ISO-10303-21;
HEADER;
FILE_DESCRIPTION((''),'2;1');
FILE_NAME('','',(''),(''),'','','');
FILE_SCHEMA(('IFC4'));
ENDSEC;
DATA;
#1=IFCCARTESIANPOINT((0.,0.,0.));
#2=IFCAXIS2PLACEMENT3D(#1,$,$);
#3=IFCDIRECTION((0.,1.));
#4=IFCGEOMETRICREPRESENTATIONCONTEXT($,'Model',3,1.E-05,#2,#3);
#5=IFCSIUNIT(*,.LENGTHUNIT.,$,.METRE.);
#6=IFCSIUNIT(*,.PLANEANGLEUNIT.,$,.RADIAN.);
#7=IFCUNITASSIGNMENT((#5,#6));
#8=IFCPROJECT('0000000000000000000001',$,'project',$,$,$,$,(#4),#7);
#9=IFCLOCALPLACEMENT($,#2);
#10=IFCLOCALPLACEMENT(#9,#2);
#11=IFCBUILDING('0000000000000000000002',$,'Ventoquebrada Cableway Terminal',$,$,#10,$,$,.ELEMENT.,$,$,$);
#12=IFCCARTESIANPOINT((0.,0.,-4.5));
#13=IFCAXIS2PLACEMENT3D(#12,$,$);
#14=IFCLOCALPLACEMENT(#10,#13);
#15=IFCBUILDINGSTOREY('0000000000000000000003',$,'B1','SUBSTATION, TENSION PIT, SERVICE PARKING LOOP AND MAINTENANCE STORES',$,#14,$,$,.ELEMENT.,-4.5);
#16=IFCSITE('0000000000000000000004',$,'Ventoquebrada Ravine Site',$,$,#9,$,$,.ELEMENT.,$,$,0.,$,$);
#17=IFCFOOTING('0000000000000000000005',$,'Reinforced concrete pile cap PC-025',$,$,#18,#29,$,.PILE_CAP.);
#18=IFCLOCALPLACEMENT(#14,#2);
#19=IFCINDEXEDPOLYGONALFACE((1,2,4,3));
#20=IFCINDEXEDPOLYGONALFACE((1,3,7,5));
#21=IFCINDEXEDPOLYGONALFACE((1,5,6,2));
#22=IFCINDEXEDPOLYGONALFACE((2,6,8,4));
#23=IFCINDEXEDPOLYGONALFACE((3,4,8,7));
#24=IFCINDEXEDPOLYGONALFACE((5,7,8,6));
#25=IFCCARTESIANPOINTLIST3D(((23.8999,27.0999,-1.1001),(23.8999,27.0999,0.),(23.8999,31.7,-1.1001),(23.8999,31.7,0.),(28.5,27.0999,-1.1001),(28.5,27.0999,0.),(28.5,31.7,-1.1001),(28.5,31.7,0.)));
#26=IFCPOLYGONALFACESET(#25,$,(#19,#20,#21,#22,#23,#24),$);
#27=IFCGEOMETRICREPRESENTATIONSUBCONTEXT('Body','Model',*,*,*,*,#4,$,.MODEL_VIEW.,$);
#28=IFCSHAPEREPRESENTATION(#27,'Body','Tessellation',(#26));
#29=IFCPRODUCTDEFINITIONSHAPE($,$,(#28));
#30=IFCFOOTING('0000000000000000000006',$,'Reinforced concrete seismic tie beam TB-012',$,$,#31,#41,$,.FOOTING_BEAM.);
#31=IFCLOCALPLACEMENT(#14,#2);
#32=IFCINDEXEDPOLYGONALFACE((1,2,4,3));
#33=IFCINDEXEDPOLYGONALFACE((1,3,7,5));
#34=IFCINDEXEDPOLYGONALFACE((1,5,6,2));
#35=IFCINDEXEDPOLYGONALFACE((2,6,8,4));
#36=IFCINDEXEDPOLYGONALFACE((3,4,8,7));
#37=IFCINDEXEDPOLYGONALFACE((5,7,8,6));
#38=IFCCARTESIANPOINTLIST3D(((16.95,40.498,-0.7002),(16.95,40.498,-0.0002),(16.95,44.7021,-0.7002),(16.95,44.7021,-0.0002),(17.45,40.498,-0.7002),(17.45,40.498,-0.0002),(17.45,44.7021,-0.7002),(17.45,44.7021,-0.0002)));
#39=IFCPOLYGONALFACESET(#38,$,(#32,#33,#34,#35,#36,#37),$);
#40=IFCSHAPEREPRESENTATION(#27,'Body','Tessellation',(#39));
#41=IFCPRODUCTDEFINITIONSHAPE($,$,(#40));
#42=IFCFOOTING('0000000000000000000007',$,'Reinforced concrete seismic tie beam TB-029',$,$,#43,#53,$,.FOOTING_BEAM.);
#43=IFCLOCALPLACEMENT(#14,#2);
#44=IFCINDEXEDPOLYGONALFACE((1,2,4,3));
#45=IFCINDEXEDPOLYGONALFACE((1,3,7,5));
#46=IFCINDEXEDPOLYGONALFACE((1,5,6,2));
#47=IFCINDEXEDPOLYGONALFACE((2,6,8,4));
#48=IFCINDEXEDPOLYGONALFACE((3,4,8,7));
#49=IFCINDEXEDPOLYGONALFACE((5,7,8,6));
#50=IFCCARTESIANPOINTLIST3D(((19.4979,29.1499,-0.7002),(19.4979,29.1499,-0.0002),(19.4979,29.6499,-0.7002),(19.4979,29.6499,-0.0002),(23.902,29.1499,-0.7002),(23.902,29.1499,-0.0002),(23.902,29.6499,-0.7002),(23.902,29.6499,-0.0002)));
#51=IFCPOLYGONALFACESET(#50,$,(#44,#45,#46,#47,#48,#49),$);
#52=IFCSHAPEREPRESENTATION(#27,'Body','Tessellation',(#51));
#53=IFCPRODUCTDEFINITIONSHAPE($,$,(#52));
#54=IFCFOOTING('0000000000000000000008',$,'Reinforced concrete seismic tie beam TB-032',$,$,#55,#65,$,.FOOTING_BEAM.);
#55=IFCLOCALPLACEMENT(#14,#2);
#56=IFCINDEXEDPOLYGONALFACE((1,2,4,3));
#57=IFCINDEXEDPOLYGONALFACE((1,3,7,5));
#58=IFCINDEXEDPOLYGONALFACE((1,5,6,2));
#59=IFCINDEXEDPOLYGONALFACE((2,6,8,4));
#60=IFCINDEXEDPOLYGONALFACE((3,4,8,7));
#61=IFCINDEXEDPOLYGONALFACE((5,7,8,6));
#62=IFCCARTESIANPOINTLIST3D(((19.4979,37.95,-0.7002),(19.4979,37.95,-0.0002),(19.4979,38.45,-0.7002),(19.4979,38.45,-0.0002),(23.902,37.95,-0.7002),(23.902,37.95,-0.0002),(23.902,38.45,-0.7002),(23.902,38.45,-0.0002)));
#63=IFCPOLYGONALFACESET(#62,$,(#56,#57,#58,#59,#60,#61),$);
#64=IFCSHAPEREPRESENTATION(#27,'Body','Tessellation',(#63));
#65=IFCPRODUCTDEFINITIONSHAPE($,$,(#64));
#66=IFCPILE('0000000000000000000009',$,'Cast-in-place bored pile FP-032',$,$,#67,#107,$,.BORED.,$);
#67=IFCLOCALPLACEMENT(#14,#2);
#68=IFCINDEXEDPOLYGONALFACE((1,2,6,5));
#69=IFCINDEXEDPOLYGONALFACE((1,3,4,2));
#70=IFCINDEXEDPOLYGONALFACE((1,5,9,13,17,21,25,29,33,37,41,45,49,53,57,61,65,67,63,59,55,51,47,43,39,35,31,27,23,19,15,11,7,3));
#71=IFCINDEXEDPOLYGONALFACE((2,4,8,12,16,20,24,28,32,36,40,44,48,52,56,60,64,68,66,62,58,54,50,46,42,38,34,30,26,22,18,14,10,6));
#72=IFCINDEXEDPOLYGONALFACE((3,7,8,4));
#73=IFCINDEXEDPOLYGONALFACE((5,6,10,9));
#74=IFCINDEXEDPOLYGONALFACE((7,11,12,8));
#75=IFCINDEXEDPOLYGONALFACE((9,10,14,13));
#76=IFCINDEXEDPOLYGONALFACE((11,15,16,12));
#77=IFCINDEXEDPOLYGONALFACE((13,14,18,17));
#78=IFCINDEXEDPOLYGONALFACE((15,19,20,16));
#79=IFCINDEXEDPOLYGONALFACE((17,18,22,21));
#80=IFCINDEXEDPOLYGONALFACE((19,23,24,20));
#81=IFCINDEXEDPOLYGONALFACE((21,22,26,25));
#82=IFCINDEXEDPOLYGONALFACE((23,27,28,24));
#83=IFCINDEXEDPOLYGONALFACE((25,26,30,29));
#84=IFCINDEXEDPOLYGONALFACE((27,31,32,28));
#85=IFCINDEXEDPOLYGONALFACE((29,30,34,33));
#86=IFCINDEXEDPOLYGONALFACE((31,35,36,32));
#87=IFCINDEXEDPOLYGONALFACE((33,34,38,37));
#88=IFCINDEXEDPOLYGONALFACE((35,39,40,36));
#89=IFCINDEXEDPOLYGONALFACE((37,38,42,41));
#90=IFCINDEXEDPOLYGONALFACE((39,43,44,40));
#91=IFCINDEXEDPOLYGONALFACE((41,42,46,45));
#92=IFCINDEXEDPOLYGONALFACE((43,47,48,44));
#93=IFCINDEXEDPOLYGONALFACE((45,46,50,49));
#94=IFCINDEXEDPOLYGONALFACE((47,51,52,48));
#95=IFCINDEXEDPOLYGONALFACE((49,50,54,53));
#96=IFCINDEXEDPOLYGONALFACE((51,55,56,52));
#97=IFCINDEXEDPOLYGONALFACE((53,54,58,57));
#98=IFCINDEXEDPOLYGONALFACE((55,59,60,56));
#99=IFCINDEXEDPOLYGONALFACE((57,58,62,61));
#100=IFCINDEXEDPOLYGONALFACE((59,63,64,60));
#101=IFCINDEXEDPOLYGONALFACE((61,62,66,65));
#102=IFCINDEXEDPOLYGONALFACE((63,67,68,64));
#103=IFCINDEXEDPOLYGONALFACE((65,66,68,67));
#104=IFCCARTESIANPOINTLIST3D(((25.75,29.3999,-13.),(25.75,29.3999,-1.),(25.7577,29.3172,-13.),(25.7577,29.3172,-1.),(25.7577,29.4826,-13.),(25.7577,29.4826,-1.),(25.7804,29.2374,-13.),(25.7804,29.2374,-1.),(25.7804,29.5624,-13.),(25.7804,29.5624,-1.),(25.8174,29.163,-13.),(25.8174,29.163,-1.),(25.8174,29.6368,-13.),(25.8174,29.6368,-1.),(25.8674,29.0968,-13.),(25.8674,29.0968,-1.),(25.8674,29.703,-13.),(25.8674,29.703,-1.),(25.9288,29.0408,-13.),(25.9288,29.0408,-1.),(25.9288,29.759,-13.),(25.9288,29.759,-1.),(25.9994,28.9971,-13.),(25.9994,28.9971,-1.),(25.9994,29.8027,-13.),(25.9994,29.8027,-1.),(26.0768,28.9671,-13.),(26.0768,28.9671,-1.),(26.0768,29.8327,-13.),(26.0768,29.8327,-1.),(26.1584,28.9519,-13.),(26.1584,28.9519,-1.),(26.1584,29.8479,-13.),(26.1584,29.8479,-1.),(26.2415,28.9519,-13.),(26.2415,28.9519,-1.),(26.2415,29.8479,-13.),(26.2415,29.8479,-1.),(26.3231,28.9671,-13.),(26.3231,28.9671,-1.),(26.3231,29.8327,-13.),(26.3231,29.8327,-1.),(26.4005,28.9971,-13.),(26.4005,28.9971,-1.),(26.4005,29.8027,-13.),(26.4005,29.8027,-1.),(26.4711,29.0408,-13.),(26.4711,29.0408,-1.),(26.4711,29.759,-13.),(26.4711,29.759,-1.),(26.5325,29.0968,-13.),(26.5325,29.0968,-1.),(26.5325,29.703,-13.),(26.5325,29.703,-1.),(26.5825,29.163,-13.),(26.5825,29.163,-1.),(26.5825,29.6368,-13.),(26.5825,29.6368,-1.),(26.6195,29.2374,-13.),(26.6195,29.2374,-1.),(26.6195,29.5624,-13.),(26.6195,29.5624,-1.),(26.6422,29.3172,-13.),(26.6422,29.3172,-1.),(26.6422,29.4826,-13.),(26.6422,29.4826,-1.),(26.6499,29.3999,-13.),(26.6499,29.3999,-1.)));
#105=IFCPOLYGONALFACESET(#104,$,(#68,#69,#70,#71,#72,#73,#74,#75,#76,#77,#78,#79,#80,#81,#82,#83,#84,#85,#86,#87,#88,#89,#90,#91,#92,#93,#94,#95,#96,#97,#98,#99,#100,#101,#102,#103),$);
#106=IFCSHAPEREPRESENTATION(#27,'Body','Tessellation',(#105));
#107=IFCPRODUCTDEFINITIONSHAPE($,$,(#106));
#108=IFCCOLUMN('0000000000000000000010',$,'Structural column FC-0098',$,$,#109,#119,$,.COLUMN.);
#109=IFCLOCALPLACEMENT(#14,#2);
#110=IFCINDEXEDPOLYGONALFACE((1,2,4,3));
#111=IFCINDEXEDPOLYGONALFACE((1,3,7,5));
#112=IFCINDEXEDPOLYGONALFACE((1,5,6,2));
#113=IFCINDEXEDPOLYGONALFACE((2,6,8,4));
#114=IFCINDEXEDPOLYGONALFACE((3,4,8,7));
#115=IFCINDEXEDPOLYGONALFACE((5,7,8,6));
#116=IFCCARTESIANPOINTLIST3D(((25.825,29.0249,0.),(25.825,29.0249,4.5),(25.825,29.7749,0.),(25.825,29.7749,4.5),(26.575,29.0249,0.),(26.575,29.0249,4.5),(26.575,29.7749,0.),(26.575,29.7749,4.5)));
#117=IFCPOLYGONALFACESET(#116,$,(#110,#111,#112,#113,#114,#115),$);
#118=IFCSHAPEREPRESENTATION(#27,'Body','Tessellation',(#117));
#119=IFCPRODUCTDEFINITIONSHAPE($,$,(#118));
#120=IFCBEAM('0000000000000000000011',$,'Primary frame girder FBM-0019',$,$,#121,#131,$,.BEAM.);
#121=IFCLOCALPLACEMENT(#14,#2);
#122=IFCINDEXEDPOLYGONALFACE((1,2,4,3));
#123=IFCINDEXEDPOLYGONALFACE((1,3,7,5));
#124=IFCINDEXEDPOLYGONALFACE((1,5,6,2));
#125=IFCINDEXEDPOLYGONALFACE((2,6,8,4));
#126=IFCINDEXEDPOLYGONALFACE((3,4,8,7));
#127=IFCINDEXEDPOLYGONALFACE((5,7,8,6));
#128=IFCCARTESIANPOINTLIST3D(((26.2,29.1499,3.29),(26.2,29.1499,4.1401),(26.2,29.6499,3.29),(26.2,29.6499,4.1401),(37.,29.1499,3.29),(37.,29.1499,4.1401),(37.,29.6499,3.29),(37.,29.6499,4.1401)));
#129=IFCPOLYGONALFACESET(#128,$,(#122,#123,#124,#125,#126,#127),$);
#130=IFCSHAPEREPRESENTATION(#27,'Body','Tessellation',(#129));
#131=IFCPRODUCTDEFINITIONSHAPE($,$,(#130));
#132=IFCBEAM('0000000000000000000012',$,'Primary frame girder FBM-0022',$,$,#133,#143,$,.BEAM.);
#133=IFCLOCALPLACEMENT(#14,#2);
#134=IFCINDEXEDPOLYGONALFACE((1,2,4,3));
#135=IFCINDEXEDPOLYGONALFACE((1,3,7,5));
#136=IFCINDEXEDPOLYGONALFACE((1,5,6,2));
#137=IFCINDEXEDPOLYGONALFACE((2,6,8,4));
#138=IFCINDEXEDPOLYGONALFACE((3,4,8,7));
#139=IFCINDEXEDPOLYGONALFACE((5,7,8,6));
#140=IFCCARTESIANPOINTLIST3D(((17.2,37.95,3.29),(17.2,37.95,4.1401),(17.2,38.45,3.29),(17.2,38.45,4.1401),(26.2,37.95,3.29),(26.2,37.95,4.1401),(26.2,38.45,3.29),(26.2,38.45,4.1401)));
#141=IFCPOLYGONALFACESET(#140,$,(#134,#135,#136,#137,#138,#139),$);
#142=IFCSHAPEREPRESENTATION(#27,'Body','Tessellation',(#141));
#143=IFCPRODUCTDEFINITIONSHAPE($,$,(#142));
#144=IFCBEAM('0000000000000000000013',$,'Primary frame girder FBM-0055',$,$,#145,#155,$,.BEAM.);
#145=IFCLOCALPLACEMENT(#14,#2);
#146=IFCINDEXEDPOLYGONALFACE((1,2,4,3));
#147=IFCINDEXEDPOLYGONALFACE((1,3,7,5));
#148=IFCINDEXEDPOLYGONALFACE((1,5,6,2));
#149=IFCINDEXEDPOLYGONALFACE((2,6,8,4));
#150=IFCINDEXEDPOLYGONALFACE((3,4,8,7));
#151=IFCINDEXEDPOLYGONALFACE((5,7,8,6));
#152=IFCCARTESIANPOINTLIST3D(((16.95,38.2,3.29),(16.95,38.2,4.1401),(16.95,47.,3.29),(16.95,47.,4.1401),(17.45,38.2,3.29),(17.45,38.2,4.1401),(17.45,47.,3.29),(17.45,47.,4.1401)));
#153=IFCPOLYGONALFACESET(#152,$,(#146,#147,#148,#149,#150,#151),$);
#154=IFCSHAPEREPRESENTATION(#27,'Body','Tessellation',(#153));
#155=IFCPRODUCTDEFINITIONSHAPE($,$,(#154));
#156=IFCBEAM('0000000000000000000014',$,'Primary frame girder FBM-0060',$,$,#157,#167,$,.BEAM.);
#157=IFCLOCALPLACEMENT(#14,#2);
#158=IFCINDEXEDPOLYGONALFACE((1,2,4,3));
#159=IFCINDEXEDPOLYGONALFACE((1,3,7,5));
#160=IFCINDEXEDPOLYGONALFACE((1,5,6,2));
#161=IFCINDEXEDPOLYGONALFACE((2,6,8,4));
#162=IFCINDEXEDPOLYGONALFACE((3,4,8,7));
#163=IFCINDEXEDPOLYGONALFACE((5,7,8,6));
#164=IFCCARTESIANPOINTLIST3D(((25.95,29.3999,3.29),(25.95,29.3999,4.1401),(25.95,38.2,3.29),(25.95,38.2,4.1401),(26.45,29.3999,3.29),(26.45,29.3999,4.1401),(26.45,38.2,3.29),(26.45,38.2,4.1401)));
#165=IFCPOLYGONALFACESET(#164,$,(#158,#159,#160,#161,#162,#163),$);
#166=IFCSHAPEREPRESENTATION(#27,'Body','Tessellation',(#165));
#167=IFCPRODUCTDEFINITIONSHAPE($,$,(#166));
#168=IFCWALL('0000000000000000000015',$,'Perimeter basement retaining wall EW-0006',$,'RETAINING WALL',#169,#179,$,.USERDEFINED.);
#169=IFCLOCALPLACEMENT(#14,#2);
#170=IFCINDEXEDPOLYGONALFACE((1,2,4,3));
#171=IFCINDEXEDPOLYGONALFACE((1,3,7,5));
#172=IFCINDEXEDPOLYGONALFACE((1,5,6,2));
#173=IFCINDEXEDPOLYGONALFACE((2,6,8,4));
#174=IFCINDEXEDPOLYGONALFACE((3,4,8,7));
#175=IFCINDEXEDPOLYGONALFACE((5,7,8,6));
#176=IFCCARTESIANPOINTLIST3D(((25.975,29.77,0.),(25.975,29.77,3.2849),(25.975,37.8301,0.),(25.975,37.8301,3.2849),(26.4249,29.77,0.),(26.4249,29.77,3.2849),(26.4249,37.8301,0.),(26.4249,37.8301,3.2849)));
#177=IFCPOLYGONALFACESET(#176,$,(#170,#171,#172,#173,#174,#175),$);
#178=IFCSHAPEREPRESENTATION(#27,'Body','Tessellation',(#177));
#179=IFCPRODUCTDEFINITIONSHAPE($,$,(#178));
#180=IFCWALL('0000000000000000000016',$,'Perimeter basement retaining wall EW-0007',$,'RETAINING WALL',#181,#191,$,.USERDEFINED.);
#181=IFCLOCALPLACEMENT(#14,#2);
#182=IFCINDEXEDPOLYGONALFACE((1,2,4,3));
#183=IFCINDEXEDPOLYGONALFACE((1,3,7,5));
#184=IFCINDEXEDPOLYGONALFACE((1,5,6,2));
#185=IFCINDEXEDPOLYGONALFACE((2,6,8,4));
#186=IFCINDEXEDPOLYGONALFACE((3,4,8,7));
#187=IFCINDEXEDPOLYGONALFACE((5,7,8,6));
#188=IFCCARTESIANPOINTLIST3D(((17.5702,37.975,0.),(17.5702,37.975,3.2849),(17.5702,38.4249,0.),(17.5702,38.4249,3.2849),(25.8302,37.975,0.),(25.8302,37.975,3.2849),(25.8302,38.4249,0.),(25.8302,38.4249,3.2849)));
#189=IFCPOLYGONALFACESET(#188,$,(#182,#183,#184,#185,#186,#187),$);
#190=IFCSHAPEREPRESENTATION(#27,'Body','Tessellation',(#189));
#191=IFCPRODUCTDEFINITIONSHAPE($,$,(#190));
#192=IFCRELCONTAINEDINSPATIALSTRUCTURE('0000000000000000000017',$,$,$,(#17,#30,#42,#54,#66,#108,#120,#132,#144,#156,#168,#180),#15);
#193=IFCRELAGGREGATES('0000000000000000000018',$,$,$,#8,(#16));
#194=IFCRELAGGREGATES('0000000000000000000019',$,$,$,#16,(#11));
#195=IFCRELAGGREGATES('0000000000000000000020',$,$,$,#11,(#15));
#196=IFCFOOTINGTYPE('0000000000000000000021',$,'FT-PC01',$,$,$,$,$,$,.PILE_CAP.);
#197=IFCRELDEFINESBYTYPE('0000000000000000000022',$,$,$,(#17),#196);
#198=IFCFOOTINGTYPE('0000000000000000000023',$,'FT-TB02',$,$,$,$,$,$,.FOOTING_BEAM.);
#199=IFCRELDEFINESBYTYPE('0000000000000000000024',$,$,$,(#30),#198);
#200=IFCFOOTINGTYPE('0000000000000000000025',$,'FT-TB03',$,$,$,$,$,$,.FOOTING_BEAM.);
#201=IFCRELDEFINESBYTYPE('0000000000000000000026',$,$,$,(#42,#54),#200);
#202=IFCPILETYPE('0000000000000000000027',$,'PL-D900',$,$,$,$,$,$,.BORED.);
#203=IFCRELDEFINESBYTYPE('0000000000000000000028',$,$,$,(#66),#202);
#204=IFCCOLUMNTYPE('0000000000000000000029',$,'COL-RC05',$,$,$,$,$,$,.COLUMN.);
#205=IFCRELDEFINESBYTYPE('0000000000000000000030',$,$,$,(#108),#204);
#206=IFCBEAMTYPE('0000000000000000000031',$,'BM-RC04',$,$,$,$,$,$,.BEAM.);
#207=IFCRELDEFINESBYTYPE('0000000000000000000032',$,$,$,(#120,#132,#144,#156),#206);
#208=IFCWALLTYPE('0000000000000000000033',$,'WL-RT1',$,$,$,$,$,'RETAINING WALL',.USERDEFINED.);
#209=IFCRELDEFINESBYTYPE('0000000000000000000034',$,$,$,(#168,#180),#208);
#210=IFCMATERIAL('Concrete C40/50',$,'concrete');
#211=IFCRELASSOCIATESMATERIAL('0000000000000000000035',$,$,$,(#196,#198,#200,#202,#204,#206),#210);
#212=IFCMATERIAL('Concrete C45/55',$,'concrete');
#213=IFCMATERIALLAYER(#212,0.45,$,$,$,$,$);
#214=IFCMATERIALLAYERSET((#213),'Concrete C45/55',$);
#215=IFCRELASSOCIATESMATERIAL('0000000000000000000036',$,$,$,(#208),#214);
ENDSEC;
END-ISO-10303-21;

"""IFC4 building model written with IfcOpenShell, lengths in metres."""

from ifc_helpers import new_model, si_unit, direction, frame, frame_2d, origin, origin_2d, place, context, subcontext, project, spatial, rectangle, circle, extrude, material, layer, layer_set, material_profile, profile_set, type_object, element, save


model = new_model("IFC4")

# Units and contexts
model_context = context("Model", 3, precision=1e-05, world=origin(), true_north=direction((0.0, 1.0)))
body_context = subcontext(model_context, "Body", "Model", "MODEL_VIEW")
ifc_project = project(units=[si_unit("LENGTHUNIT", "METRE"), si_unit("PLANEANGLEUNIT", "RADIAN")], contexts=[model_context])

# Site, building, storey
site_placement = place(None, origin())
site = spatial("IfcSite", under=ifc_project, at=site_placement, Name="Ventoquebrada Ravine Site", CompositionType="ELEMENT", RefElevation=0.0)
building_placement = place(site_placement, origin())
building = spatial("IfcBuilding", under=site, at=building_placement, Name="Ventoquebrada Cableway Terminal", CompositionType="ELEMENT")
storey_placement = place(building_placement, frame((0.0, 0.0, -4.5)))
storey = spatial("IfcBuildingStorey", under=building, at=storey_placement, Name="B1", Description="SUBSTATION, TENSION PIT, SERVICE PARKING LOOP AND MAINTENANCE STORES", CompositionType="ELEMENT", Elevation=-4.5)

# Footings
ifc_material_1 = material(Name="Concrete C40/50", Category="concrete")
footing_type_1 = type_object("IfcFootingType", Name="FT-PC01", PredefinedType="PILE_CAP", material=ifc_material_1)
footing_1_placement = place(storey_placement, frame((26.2, 29.3999, -1.1001), z_axis=(0.0, 0.0, 1.0), x_axis=(1.0, 0.0, 0.0)))
element("IfcFooting", 1, at=footing_1_placement, inside=storey, type_object=footing_type_1, Name="Reinforced concrete pile cap PC-025", PredefinedType="PILE_CAP", context=body_context, shape_type="SweptSolid", body=[
    extrude(rectangle(XDim=4.6001, YDim=4.6001, at=origin_2d()), origin(), (0.0, 0.0, 1.0), 1.1001),
])
footing_type_2 = type_object("IfcFootingType", Name="FT-TB02", PredefinedType="FOOTING_BEAM", material=ifc_material_1)
footing_2_placement = place(storey_placement, frame((17.2, 42.6001, -0.7002), z_axis=(0.0, 0.0, 1.0), x_axis=(0.0, 1.0, 0.0)))
element("IfcFooting", 2, at=footing_2_placement, inside=storey, type_object=footing_type_2, Name="Reinforced concrete seismic tie beam TB-012", PredefinedType="FOOTING_BEAM", context=body_context, shape_type="SweptSolid", body=[
    extrude(rectangle(XDim=4.2041, YDim=0.5, at=origin_2d()), origin(), (0.0, 0.0, 1.0), 0.7),
])
footing_type_3 = type_object("IfcFootingType", Name="FT-TB03", PredefinedType="FOOTING_BEAM", material=ifc_material_1)
for number, where, z_axis, x_axis, name in (
    (3, (21.7, 29.3999, -0.7002), (0.0, 0.0, 1.0), (1.0, 0.0, 0.0), "Reinforced concrete seismic tie beam TB-029"),
    (4, (21.7, 38.2, -0.7002), (0.0, 0.0, 1.0), (1.0, 0.0, 0.0), "Reinforced concrete seismic tie beam TB-032"),
):
    element("IfcFooting", number, at=place(storey_placement, frame(where, z_axis=z_axis, x_axis=x_axis)), inside=storey, type_object=footing_type_3, Name=name, PredefinedType="FOOTING_BEAM", context=body_context, shape_type="SweptSolid", body=[
        extrude(rectangle(XDim=4.4041, YDim=0.5, at=origin_2d()), origin(), (0.0, 0.0, 1.0), 0.7),
    ])

# Pile
ifc_material_profile_1 = material_profile(ifc_material_1, circle(Radius=0.45, at=origin_2d()), Name="PILE-D900")
ifc_profile_set_1 = profile_set([ifc_material_profile_1], Name="Concrete C40/50")
pile_type = type_object("IfcPileType", Name="PL-D900", PredefinedType="BORED", material=ifc_profile_set_1)
pile_placement = place(storey_placement, frame((26.2, 29.3999, -1.0), z_axis=(0.0, 0.0, -1.0), x_axis=(1.0, 0.0, 0.0)))
element("IfcPile", 5, at=pile_placement, inside=storey, type_object=pile_type, Name="Cast-in-place bored pile FP-032", PredefinedType="BORED", context=body_context, shape_type="SweptSolid", body=[
    extrude(circle(Radius=0.45, at=origin_2d()), origin(), (0.0, 0.0, 1.0), 12.0),
])

# Column
ifc_material_profile_2 = material_profile(ifc_material_1, rectangle(XDim=0.75, YDim=0.75, at=origin_2d()), Name="RC-COL-750X750")
ifc_profile_set_2 = profile_set([ifc_material_profile_2], Name="Concrete C40/50")
column_type = type_object("IfcColumnType", Name="COL-RC05", PredefinedType="COLUMN", material=ifc_profile_set_2)
column_placement = place(storey_placement, frame((26.2, 29.3999, 0.0), z_axis=(0.0, 0.0, 1.0), x_axis=(1.0, 0.0, 0.0)))
element("IfcColumn", 6, at=column_placement, inside=storey, type_object=column_type, Name="Structural column FC-0098", PredefinedType="COLUMN", context=body_context, shape_type="SweptSolid", body=[
    extrude(rectangle(XDim=0.75, YDim=0.75, at=origin_2d()), origin(), (0.0, 0.0, 1.0), 4.5),
])

# Beams
ifc_material_profile_3 = material_profile(ifc_material_1, rectangle(XDim=0.5, YDim=0.8501, at=origin_2d()), Name="RC-BM-500X850")
ifc_profile_set_3 = profile_set([ifc_material_profile_3], Name="Concrete C40/50")
beam_type = type_object("IfcBeamType", Name="BM-RC04", PredefinedType="BEAM", material=ifc_profile_set_3)
beam_1_placement = place(storey_placement, frame((26.2, 29.3999, 3.7151), z_axis=(1.0, 0.0, 0.0), x_axis=(0.0, 1.0, 0.0)))
element("IfcBeam", 7, at=beam_1_placement, inside=storey, type_object=beam_type, Name="Primary frame girder FBM-0019", PredefinedType="BEAM", context=body_context, shape_type="SweptSolid", body=[
    extrude(rectangle(XDim=0.5, YDim=0.8501, at=origin_2d()), origin(), (0.0, 0.0, 1.0), 10.8),
])
beam_2_placement = place(storey_placement, frame((17.2, 38.2, 3.7151), z_axis=(1.0, 0.0, 0.0), x_axis=(0.0, 1.0, 0.0)))
element("IfcBeam", 8, at=beam_2_placement, inside=storey, type_object=beam_type, Name="Primary frame girder FBM-0022", PredefinedType="BEAM", context=body_context, shape_type="SweptSolid", body=[
    extrude(rectangle(XDim=0.5, YDim=0.8501, at=origin_2d()), origin(), (0.0, 0.0, 1.0), 9.0),
])
for number, where, z_axis, x_axis, name in (
    (9, (17.2, 38.2, 3.7151), (0.0, 1.0, 0.0), (-1.0, 0.0, 0.0), "Primary frame girder FBM-0055"),
    (10, (26.2, 29.3999, 3.7151), (0.0, 1.0, 0.0), (-1.0, 0.0, 0.0), "Primary frame girder FBM-0060"),
):
    element("IfcBeam", number, at=place(storey_placement, frame(where, z_axis=z_axis, x_axis=x_axis)), inside=storey, type_object=beam_type, Name=name, PredefinedType="BEAM", context=body_context, shape_type="SweptSolid", body=[
        extrude(rectangle(XDim=0.5, YDim=0.8501, at=origin_2d()), origin(), (0.0, 0.0, 1.0), 8.8),
    ])

# Walls
ifc_material_2 = material(Name="Concrete C45/55", Category="concrete")
ifc_layer_1 = layer(ifc_material_2, 0.45)
ifc_layer_set_1 = layer_set([ifc_layer_1], Name="Concrete C45/55")
wall_type_1 = type_object("IfcWallType", Name="WL-RT1", ElementType="RETAINING WALL", PredefinedType="USERDEFINED", material=ifc_layer_set_1)
wall_1_placement = place(storey_placement, frame((26.2, 29.77, 0.0), z_axis=(0.0, 0.0, 1.0), x_axis=(0.0, 1.0, 0.0)))
element("IfcWall", 11, at=wall_1_placement, inside=storey, type_object=wall_type_1, Name="Perimeter basement retaining wall EW-0006", ObjectType="RETAINING WALL", PredefinedType="USERDEFINED", context=body_context, shape_type="SweptSolid", body=[
    extrude(rectangle(XDim=8.0601, YDim=0.45, at=frame_2d((4.03, 0.0))), origin(), (0.0, 0.0, 1.0), 3.2849),
])
wall_2_placement = place(storey_placement, frame((25.8301, 38.2, 0.0), z_axis=(0.0, 0.0, 1.0), x_axis=(-1.0, 0.0, 0.0)))
element("IfcWall", 12, at=wall_2_placement, inside=storey, type_object=wall_type_1, Name="Perimeter basement retaining wall EW-0007", ObjectType="RETAINING WALL", PredefinedType="USERDEFINED", context=body_context, shape_type="SweptSolid", body=[
    extrude(rectangle(XDim=8.26, YDim=0.45, at=frame_2d((4.1299, 0.0))), origin(), (0.0, 0.0, 1.0), 3.2849),
])

save(model, "model.ifc")
